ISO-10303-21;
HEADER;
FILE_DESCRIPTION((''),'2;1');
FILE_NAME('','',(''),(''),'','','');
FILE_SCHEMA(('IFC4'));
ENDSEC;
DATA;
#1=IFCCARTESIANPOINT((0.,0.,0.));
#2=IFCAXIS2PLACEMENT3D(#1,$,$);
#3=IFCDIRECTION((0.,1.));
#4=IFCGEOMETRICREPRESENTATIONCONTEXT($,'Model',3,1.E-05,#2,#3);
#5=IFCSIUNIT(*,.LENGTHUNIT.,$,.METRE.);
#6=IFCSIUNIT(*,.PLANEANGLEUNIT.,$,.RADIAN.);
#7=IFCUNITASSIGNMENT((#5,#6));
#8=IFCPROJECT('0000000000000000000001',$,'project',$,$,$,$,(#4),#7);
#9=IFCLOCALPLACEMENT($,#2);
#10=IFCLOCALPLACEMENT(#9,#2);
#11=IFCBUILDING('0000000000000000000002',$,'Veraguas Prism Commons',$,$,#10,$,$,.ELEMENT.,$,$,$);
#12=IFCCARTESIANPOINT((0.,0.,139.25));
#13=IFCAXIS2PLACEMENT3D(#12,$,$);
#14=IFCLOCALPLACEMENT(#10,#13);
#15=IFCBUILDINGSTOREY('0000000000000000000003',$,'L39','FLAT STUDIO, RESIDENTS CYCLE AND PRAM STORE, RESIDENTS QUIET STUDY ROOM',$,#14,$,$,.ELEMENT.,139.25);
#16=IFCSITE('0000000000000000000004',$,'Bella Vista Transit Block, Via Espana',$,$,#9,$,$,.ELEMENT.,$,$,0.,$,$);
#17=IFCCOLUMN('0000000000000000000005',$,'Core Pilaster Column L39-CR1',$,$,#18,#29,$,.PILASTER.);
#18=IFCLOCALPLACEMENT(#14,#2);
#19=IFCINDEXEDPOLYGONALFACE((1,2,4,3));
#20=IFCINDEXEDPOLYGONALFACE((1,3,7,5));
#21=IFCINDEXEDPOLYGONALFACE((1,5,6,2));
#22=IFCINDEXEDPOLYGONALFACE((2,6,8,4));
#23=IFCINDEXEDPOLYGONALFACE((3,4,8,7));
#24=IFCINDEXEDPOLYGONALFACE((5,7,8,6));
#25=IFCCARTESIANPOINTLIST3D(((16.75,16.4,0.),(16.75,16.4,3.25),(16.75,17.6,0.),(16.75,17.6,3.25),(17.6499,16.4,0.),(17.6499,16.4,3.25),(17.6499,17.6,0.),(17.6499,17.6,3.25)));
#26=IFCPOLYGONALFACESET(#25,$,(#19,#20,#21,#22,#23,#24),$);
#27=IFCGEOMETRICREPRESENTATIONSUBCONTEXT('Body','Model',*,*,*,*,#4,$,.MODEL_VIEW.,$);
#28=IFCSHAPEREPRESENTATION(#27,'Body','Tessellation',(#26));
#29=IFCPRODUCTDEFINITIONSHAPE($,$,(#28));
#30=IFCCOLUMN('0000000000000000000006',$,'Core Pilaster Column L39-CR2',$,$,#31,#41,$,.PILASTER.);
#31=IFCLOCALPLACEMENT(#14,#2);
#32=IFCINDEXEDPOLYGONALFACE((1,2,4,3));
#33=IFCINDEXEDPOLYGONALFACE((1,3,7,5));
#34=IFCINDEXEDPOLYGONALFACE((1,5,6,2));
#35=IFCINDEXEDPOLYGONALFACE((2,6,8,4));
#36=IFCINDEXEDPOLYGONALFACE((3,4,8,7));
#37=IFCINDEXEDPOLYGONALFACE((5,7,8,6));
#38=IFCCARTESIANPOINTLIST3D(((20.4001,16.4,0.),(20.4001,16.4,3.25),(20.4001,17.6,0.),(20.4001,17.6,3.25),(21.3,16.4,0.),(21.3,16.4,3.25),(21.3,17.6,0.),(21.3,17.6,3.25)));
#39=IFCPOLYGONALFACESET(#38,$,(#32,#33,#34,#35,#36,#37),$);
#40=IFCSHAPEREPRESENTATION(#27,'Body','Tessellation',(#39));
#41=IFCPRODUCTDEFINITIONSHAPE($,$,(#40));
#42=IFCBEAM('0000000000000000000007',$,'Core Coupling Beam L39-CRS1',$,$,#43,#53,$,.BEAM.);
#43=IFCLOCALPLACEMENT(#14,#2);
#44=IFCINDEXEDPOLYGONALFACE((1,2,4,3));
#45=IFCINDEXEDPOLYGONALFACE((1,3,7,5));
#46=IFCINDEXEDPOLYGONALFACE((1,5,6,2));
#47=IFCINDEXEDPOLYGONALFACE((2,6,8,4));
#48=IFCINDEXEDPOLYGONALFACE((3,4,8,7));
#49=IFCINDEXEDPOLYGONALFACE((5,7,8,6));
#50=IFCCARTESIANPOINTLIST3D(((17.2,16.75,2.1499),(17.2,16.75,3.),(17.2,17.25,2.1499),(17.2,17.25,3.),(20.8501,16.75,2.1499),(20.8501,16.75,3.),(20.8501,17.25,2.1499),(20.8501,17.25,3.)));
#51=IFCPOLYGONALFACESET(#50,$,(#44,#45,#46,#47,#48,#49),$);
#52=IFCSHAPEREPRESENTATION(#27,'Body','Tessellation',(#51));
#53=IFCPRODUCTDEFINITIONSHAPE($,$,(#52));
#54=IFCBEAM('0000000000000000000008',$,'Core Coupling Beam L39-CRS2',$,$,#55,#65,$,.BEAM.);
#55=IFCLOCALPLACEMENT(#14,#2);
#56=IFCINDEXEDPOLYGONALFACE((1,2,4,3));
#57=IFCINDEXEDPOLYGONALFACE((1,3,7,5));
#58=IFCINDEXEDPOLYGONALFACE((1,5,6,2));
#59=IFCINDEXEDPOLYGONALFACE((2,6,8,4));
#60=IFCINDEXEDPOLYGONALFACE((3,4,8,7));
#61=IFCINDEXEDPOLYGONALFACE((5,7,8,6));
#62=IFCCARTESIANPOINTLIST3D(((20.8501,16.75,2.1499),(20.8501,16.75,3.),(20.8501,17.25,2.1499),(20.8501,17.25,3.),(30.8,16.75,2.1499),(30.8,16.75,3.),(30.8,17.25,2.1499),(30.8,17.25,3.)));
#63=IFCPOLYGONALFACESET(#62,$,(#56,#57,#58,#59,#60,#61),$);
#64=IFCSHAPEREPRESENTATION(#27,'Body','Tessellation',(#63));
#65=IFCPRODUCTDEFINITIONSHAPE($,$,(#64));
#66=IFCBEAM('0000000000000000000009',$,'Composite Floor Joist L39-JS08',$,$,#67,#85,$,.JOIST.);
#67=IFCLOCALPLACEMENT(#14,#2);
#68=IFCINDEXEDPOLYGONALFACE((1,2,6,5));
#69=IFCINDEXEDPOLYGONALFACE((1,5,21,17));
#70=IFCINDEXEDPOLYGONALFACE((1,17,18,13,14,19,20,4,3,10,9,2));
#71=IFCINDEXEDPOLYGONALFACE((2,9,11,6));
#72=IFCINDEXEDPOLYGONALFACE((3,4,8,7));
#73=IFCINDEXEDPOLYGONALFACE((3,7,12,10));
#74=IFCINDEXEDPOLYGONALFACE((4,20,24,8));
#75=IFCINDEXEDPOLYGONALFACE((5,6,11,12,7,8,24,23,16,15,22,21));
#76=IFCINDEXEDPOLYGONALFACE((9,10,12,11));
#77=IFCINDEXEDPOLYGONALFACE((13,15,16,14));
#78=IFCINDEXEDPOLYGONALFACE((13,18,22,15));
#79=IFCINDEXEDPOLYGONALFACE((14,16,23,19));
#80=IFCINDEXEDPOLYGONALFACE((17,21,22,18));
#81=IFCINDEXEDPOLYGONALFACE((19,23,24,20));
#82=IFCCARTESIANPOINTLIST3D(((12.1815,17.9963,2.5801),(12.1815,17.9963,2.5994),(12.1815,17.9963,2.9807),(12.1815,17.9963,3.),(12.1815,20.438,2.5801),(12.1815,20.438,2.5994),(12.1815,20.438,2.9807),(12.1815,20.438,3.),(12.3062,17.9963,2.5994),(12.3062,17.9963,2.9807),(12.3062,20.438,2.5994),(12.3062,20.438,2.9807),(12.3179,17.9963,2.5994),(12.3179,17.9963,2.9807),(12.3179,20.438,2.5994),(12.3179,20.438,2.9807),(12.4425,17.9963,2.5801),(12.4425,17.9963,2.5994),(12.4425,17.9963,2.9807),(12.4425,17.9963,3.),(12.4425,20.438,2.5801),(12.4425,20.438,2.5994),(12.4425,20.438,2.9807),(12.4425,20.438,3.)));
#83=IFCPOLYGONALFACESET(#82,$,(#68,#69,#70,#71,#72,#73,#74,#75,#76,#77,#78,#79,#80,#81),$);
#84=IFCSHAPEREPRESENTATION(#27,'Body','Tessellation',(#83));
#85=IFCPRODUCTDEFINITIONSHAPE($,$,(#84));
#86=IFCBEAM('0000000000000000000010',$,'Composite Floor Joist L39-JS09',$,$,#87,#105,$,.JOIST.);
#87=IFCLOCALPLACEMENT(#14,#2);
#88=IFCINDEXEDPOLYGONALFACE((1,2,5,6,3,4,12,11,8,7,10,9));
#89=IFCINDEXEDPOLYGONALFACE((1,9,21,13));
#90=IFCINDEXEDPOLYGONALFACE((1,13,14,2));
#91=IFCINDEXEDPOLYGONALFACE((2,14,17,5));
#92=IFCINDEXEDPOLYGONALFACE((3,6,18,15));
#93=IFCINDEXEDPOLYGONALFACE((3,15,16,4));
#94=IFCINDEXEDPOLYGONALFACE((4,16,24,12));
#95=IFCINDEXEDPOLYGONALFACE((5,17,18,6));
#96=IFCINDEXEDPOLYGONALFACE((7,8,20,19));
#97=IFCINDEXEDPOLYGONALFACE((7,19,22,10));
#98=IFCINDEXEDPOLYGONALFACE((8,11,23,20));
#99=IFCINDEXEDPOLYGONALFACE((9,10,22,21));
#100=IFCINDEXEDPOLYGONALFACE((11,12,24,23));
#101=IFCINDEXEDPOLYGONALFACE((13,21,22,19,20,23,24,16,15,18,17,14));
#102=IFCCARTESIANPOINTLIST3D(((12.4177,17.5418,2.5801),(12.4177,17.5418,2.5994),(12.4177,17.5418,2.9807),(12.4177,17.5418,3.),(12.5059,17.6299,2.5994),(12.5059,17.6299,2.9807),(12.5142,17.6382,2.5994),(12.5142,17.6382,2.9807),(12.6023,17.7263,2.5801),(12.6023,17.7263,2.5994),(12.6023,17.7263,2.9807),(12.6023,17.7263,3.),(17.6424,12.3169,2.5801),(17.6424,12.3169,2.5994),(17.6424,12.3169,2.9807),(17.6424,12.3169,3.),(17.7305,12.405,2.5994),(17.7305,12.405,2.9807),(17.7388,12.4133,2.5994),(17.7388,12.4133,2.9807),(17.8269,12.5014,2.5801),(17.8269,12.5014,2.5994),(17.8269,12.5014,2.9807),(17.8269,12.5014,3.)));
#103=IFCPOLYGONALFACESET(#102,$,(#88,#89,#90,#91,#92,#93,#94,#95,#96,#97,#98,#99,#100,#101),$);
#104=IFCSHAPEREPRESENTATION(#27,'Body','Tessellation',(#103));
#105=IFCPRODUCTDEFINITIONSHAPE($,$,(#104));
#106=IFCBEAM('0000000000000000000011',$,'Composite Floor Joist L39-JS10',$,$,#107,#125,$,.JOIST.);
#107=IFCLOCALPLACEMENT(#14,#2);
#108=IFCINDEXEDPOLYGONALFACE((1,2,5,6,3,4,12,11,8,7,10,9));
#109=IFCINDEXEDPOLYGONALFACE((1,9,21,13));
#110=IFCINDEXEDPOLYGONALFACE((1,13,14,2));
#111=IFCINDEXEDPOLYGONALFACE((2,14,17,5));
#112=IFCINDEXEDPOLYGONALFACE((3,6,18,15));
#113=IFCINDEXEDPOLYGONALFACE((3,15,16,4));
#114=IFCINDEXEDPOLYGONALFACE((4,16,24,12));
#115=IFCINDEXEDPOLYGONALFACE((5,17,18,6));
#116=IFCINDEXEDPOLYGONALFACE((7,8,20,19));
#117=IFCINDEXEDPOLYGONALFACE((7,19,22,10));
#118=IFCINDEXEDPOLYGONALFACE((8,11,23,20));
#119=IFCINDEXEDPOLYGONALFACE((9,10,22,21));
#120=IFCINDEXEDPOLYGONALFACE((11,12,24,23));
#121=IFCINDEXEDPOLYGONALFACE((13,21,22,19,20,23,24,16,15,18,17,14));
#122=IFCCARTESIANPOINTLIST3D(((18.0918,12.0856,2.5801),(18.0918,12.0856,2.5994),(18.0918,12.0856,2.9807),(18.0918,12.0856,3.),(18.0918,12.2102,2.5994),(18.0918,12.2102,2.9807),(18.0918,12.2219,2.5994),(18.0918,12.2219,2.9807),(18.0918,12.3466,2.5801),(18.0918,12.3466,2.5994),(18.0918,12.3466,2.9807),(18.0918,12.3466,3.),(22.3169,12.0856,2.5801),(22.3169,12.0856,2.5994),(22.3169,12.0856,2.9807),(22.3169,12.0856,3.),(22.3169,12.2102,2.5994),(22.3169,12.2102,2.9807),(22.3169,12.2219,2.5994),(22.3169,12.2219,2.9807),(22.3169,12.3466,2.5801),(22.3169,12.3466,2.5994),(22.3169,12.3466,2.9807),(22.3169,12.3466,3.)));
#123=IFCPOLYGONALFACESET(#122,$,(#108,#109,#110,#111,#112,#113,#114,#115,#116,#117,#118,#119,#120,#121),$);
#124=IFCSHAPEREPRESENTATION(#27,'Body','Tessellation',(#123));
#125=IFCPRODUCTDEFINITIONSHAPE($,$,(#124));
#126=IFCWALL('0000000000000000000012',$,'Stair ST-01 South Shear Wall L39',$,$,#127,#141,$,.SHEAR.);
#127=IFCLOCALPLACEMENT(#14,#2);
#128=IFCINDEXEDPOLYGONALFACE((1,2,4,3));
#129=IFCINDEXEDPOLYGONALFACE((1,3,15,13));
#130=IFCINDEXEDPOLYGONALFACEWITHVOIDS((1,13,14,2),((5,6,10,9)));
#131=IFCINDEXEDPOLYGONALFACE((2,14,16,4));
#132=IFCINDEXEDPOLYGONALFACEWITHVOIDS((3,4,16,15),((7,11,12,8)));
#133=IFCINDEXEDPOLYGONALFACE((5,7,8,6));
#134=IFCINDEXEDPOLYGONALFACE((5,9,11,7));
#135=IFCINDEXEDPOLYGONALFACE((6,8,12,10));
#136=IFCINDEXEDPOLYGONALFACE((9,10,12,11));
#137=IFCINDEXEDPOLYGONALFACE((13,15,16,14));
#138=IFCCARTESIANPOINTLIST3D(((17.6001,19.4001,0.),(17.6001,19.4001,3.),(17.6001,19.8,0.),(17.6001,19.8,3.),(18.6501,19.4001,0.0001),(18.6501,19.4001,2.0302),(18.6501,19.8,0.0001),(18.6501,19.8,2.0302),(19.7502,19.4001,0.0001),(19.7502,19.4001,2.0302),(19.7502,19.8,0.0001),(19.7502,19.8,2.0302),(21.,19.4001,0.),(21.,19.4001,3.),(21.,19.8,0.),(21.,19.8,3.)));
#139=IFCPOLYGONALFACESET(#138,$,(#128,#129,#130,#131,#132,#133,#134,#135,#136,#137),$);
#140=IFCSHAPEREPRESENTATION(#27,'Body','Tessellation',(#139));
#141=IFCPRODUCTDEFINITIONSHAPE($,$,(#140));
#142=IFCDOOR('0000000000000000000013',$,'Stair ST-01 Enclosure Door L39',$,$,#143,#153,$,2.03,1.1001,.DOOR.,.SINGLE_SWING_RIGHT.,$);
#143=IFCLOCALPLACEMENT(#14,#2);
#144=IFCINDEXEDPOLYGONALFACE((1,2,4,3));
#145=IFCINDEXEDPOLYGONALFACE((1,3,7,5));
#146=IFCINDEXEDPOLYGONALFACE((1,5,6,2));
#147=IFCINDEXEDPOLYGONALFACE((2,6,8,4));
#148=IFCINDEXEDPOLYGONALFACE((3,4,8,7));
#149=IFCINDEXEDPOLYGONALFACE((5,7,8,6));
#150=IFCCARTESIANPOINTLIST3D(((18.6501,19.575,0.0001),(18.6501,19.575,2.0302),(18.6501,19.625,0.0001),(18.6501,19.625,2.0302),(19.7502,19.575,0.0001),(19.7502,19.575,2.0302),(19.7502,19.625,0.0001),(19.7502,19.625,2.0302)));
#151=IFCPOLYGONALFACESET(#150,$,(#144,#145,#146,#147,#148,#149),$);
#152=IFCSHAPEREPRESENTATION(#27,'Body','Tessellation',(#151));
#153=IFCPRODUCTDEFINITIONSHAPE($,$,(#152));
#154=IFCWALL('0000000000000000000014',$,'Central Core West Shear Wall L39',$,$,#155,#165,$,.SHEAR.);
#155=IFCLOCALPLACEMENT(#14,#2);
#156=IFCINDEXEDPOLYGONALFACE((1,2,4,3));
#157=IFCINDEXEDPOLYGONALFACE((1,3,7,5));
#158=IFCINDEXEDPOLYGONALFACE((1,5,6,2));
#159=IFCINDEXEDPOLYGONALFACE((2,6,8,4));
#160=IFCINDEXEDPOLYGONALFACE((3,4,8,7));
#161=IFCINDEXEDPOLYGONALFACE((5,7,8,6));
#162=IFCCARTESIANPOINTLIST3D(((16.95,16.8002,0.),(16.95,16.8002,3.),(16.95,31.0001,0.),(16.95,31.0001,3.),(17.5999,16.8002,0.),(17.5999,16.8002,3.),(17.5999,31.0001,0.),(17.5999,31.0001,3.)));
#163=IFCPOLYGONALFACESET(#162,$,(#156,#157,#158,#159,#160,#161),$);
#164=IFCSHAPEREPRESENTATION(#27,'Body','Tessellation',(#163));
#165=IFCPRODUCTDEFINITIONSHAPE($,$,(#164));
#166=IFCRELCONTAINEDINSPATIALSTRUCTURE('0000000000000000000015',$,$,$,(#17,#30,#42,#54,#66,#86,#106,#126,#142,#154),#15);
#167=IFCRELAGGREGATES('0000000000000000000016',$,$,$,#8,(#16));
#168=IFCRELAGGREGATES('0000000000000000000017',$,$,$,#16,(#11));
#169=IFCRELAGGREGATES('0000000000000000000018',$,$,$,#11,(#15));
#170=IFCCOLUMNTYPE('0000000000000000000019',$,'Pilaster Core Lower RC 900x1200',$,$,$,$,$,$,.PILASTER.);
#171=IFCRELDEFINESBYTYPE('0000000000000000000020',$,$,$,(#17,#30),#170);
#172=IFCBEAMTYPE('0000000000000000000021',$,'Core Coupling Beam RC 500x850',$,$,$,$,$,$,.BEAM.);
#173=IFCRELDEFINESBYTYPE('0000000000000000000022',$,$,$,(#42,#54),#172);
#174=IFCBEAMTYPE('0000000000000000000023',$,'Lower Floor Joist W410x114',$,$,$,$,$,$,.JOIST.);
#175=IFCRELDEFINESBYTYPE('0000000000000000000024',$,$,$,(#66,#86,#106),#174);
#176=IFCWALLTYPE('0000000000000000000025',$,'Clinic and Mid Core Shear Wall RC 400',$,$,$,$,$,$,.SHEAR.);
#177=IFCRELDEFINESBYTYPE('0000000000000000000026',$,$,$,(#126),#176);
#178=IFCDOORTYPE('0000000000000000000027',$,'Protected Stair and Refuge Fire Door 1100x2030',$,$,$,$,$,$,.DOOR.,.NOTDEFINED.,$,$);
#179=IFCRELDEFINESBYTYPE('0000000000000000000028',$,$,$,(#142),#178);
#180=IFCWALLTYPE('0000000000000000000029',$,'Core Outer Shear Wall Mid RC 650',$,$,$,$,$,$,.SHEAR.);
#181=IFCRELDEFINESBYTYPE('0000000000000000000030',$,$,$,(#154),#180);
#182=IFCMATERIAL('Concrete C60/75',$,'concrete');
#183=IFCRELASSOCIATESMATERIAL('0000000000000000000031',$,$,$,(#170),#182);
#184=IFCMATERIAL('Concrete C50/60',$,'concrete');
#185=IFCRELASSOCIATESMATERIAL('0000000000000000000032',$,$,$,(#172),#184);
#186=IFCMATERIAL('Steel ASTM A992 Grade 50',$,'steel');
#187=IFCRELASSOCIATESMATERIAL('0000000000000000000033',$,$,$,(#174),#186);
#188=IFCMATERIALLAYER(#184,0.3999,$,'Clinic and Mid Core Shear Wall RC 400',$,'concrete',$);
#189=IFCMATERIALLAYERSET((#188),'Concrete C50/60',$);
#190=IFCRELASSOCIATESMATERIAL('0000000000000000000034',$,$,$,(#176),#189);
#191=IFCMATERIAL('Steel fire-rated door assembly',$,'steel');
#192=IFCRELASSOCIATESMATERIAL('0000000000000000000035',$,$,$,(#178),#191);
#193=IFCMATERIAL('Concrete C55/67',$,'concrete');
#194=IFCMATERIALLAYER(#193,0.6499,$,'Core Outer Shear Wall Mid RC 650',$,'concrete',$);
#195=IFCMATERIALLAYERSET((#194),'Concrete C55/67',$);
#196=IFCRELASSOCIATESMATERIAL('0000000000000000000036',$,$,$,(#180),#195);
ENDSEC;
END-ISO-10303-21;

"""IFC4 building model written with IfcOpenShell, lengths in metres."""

from ifc_helpers import new_model, si_unit, direction, frame, frame_2d, origin, origin_2d, place, context, subcontext, project, spatial, rectangle, i_section, extrude, source, transform, mapped, material, layer, layer_set, material_profile, profile_set, type_object, element, fill, save


model = new_model("IFC4")

# Units and contexts
model_context = context("Model", 3, precision=1e-05, world=origin(), true_north=direction((0.0, 1.0)))
body_context = subcontext(model_context, "Body", "Model", "MODEL_VIEW")
ifc_project = project(units=[si_unit("LENGTHUNIT", "METRE"), si_unit("PLANEANGLEUNIT", "RADIAN")], contexts=[model_context])

# Site, building, storey
site_placement = place(None, origin())
site = spatial("IfcSite", under=ifc_project, at=site_placement, Name="Bella Vista Transit Block, Via Espana", CompositionType="ELEMENT", RefElevation=0.0)
building_placement = place(site_placement, origin())
building = spatial("IfcBuilding", under=site, at=building_placement, Name="Veraguas Prism Commons", CompositionType="ELEMENT")
storey_placement = place(building_placement, frame((0.0, 0.0, 139.25)))
storey = spatial("IfcBuildingStorey", under=building, at=storey_placement, Name="L39", Description="FLAT STUDIO, RESIDENTS CYCLE AND PRAM STORE, RESIDENTS QUIET STUDY ROOM", CompositionType="ELEMENT", Elevation=139.25)

# Columns
ifc_material_1 = material(Name="Concrete C60/75", Category="concrete")
ifc_material_profile_1 = material_profile(ifc_material_1, rectangle(XDim=0.8999, YDim=1.2, at=origin_2d()), Name="RC900X1200")
ifc_profile_set_1 = profile_set([ifc_material_profile_1], Name="Concrete C60/75")
column_type = type_object("IfcColumnType", Name="Pilaster Core Lower RC 900x1200", PredefinedType="PILASTER", material=ifc_profile_set_1)
for number, where, z_axis, x_axis, name in (
    (1, (17.2, 17.0, 0.0), (0.0, 0.0, 1.0), (1.0, 0.0, 0.0), "Core Pilaster Column L39-CR1"),
    (2, (20.8501, 17.0, 0.0), (0.0, 0.0, 1.0), (1.0, 0.0, 0.0), "Core Pilaster Column L39-CR2"),
):
    element("IfcColumn", number, at=place(storey_placement, frame(where, z_axis=z_axis, x_axis=x_axis)), inside=storey, type_object=column_type, Name=name, PredefinedType="PILASTER", context=body_context, shape_type="SweptSolid", body=[
        extrude(rectangle(XDim=0.8999, YDim=1.2, at=origin_2d()), origin(), (0.0, 0.0, 1.0), 3.25),
    ])

# Beams
ifc_material_2 = material(Name="Concrete C50/60", Category="concrete")
ifc_material_profile_2 = material_profile(ifc_material_2, rectangle(XDim=0.5, YDim=0.8501, at=origin_2d()), Name="RC500X850")
ifc_profile_set_2 = profile_set([ifc_material_profile_2], Name="Concrete C50/60")
beam_type_1 = type_object("IfcBeamType", Name="Core Coupling Beam RC 500x850", PredefinedType="BEAM", material=ifc_profile_set_2)
beam_1_placement = place(storey_placement, frame((17.2, 17.0, 2.575), z_axis=(1.0, 0.0, 0.0), x_axis=(0.0, 1.0, 0.0)))
element("IfcBeam", 3, at=beam_1_placement, inside=storey, type_object=beam_type_1, Name="Core Coupling Beam L39-CRS1", PredefinedType="BEAM", context=body_context, shape_type="SweptSolid", body=[
    extrude(rectangle(XDim=0.5, YDim=0.8501, at=origin_2d()), origin(), (0.0, 0.0, 1.0), 3.6501),
])
beam_2_placement = place(storey_placement, frame((20.8501, 17.0, 2.575), z_axis=(1.0, 0.0, 0.0), x_axis=(0.0, 1.0, 0.0)))
element("IfcBeam", 4, at=beam_2_placement, inside=storey, type_object=beam_type_1, Name="Core Coupling Beam L39-CRS2", PredefinedType="BEAM", context=body_context, shape_type="SweptSolid", body=[
    extrude(rectangle(XDim=0.5, YDim=0.8501, at=origin_2d()), origin(), (0.0, 0.0, 1.0), 9.95),
])
ifc_material_3 = material(Name="Steel ASTM A992 Grade 50", Category="steel")
ifc_material_profile_3 = material_profile(ifc_material_3, i_section(OverallWidth=0.261, OverallDepth=0.4199, WebThickness=0.0117, FlangeThickness=0.0193, at=origin_2d()), Name="W410X114")
ifc_profile_set_3 = profile_set([ifc_material_profile_3], Name="Steel ASTM A992 Grade 50")
beam_type_2 = type_object("IfcBeamType", Name="Lower Floor Joist W410x114", PredefinedType="JOIST", material=ifc_profile_set_3)
beam_3_placement = place(storey_placement, frame((12.312, 20.438, 2.79), z_axis=(0.0, -1.0, 0.0), x_axis=(1.0, 0.0, 0.0)))
element("IfcBeam", 5, at=beam_3_placement, inside=storey, type_object=beam_type_2, Name="Composite Floor Joist L39-JS08", PredefinedType="JOIST", context=body_context, shape_type="SweptSolid", body=[
    extrude(i_section(OverallWidth=0.261, OverallDepth=0.4199, WebThickness=0.0117, FlangeThickness=0.0193, at=origin_2d()), origin(), (0.0, 0.0, 1.0), 2.4417),
])
beam_4_placement = place(storey_placement, frame((12.51, 17.634, 2.79), z_axis=(0.70709, -0.707123, 0.0), x_axis=(0.707123, 0.70709, 0.0)))
element("IfcBeam", 6, at=beam_4_placement, inside=storey, type_object=beam_type_2, Name="Composite Floor Joist L39-JS09", PredefinedType="JOIST", context=body_context, shape_type="SweptSolid", body=[
    extrude(i_section(OverallWidth=0.261, OverallDepth=0.4199, WebThickness=0.0117, FlangeThickness=0.0193, at=origin_2d()), origin(), (0.0, 0.0, 1.0), 7.3889),
])
beam_5_placement = place(storey_placement, frame((18.0918, 12.2161, 2.79), z_axis=(1.0, 0.0, 0.0), x_axis=(0.0, 1.0, 0.0)))
element("IfcBeam", 7, at=beam_5_placement, inside=storey, type_object=beam_type_2, Name="Composite Floor Joist L39-JS10", PredefinedType="JOIST", context=body_context, shape_type="SweptSolid", body=[
    extrude(i_section(OverallWidth=0.261, OverallDepth=0.4199, WebThickness=0.0117, FlangeThickness=0.0193, at=origin_2d()), origin(), (0.0, 0.0, 1.0), 4.2251),
])

# Wall, opening, door
ifc_layer_1 = layer(ifc_material_2, 0.3999, Name="Clinic and Mid Core Shear Wall RC 400", Category="concrete")
ifc_layer_set_1 = layer_set([ifc_layer_1], Name="Concrete C50/60")
wall_type_1 = type_object("IfcWallType", Name="Clinic and Mid Core Shear Wall RC 400", PredefinedType="SHEAR", material=ifc_layer_set_1)
wall_1_placement = place(storey_placement, frame((17.6001, 19.6001, 0.0), z_axis=(0.0, 0.0, 1.0), x_axis=(1.0, 0.0, 0.0)))
wall_1 = element("IfcWall", 8, at=wall_1_placement, inside=storey, type_object=wall_type_1, Name="Stair ST-01 South Shear Wall L39", PredefinedType="SHEAR", context=body_context, shape_type="SweptSolid", body=[
    extrude(rectangle(XDim=3.3999, YDim=0.3999, at=frame_2d((1.7, 0.0))), origin(), (0.0, 0.0, 1.0), 3.0),
])
opening_1_placement = place(wall_1_placement, frame((1.05, 0.0, 0.0)))
opening_1 = element("IfcOpeningElement", 9, at=opening_1_placement, cuts=wall_1, PredefinedType="OPENING", context=body_context, shape_type="SweptSolid", body=[
    extrude(rectangle(XDim=1.1001, YDim=2.03, at=frame_2d((0.55, 1.0151))), frame((0.0, 0.21, 0.0), z_axis=(0.0, -1.0, 0.0), x_axis=(1.0, 0.0, 0.0)), (0.0, 0.0, 1.0), 0.4199),
])
ifc_material_4 = material(Name="Steel fire-rated door assembly", Category="steel")
door_type_1 = type_object("IfcDoorType", Name="Protected Stair and Refuge Fire Door 1100x2030", OperationType="NOTDEFINED", PredefinedType="DOOR", material=ifc_material_4)
shared_shape_1 = source(origin(), body_context, "Body", "SweptSolid", [
    extrude(rectangle(XDim=1.1001, YDim=2.03, at=frame_2d((0.55, 1.0151))), frame((0.0, 0.0249, 0.0), z_axis=(0.0, -1.0, 0.0), x_axis=(1.0, 0.0, 0.0)), (0.0, 0.0, 1.0), 0.05),
])
door_1_placement = place(opening_1_placement, origin())
door_1 = element("IfcDoor", 10, at=door_1_placement, inside=storey, type_object=door_type_1, Name="Stair ST-01 Enclosure Door L39", OperationType="SINGLE_SWING_RIGHT", OverallHeight=2.03, OverallWidth=1.1001, PredefinedType="DOOR", context=body_context, shape_type="MappedRepresentation", body=[
    mapped(shared_shape_1, transform((0.0, 0.0, 0.0), scale=1.0)),
])
fill(opening_1, door_1)

# Wall
ifc_material_5 = material(Name="Concrete C55/67", Category="concrete")
ifc_layer_2 = layer(ifc_material_5, 0.6499, Name="Core Outer Shear Wall Mid RC 650", Category="concrete")
ifc_layer_set_2 = layer_set([ifc_layer_2], Name="Concrete C55/67")
wall_type_2 = type_object("IfcWallType", Name="Core Outer Shear Wall Mid RC 650", PredefinedType="SHEAR", material=ifc_layer_set_2)
wall_2_placement = place(storey_placement, frame((17.2749, 16.8, 0.0), z_axis=(0.0, 0.0, 1.0), x_axis=(0.0, 1.0, 0.0)))
element("IfcWall", 11, at=wall_2_placement, inside=storey, type_object=wall_type_2, Name="Central Core West Shear Wall L39", PredefinedType="SHEAR", context=body_context, shape_type="SweptSolid", body=[
    extrude(rectangle(XDim=14.2, YDim=0.6499, at=frame_2d((7.1001, 0.0))), origin(), (0.0, 0.0, 1.0), 3.0),
])

save(model, "model.ifc")
